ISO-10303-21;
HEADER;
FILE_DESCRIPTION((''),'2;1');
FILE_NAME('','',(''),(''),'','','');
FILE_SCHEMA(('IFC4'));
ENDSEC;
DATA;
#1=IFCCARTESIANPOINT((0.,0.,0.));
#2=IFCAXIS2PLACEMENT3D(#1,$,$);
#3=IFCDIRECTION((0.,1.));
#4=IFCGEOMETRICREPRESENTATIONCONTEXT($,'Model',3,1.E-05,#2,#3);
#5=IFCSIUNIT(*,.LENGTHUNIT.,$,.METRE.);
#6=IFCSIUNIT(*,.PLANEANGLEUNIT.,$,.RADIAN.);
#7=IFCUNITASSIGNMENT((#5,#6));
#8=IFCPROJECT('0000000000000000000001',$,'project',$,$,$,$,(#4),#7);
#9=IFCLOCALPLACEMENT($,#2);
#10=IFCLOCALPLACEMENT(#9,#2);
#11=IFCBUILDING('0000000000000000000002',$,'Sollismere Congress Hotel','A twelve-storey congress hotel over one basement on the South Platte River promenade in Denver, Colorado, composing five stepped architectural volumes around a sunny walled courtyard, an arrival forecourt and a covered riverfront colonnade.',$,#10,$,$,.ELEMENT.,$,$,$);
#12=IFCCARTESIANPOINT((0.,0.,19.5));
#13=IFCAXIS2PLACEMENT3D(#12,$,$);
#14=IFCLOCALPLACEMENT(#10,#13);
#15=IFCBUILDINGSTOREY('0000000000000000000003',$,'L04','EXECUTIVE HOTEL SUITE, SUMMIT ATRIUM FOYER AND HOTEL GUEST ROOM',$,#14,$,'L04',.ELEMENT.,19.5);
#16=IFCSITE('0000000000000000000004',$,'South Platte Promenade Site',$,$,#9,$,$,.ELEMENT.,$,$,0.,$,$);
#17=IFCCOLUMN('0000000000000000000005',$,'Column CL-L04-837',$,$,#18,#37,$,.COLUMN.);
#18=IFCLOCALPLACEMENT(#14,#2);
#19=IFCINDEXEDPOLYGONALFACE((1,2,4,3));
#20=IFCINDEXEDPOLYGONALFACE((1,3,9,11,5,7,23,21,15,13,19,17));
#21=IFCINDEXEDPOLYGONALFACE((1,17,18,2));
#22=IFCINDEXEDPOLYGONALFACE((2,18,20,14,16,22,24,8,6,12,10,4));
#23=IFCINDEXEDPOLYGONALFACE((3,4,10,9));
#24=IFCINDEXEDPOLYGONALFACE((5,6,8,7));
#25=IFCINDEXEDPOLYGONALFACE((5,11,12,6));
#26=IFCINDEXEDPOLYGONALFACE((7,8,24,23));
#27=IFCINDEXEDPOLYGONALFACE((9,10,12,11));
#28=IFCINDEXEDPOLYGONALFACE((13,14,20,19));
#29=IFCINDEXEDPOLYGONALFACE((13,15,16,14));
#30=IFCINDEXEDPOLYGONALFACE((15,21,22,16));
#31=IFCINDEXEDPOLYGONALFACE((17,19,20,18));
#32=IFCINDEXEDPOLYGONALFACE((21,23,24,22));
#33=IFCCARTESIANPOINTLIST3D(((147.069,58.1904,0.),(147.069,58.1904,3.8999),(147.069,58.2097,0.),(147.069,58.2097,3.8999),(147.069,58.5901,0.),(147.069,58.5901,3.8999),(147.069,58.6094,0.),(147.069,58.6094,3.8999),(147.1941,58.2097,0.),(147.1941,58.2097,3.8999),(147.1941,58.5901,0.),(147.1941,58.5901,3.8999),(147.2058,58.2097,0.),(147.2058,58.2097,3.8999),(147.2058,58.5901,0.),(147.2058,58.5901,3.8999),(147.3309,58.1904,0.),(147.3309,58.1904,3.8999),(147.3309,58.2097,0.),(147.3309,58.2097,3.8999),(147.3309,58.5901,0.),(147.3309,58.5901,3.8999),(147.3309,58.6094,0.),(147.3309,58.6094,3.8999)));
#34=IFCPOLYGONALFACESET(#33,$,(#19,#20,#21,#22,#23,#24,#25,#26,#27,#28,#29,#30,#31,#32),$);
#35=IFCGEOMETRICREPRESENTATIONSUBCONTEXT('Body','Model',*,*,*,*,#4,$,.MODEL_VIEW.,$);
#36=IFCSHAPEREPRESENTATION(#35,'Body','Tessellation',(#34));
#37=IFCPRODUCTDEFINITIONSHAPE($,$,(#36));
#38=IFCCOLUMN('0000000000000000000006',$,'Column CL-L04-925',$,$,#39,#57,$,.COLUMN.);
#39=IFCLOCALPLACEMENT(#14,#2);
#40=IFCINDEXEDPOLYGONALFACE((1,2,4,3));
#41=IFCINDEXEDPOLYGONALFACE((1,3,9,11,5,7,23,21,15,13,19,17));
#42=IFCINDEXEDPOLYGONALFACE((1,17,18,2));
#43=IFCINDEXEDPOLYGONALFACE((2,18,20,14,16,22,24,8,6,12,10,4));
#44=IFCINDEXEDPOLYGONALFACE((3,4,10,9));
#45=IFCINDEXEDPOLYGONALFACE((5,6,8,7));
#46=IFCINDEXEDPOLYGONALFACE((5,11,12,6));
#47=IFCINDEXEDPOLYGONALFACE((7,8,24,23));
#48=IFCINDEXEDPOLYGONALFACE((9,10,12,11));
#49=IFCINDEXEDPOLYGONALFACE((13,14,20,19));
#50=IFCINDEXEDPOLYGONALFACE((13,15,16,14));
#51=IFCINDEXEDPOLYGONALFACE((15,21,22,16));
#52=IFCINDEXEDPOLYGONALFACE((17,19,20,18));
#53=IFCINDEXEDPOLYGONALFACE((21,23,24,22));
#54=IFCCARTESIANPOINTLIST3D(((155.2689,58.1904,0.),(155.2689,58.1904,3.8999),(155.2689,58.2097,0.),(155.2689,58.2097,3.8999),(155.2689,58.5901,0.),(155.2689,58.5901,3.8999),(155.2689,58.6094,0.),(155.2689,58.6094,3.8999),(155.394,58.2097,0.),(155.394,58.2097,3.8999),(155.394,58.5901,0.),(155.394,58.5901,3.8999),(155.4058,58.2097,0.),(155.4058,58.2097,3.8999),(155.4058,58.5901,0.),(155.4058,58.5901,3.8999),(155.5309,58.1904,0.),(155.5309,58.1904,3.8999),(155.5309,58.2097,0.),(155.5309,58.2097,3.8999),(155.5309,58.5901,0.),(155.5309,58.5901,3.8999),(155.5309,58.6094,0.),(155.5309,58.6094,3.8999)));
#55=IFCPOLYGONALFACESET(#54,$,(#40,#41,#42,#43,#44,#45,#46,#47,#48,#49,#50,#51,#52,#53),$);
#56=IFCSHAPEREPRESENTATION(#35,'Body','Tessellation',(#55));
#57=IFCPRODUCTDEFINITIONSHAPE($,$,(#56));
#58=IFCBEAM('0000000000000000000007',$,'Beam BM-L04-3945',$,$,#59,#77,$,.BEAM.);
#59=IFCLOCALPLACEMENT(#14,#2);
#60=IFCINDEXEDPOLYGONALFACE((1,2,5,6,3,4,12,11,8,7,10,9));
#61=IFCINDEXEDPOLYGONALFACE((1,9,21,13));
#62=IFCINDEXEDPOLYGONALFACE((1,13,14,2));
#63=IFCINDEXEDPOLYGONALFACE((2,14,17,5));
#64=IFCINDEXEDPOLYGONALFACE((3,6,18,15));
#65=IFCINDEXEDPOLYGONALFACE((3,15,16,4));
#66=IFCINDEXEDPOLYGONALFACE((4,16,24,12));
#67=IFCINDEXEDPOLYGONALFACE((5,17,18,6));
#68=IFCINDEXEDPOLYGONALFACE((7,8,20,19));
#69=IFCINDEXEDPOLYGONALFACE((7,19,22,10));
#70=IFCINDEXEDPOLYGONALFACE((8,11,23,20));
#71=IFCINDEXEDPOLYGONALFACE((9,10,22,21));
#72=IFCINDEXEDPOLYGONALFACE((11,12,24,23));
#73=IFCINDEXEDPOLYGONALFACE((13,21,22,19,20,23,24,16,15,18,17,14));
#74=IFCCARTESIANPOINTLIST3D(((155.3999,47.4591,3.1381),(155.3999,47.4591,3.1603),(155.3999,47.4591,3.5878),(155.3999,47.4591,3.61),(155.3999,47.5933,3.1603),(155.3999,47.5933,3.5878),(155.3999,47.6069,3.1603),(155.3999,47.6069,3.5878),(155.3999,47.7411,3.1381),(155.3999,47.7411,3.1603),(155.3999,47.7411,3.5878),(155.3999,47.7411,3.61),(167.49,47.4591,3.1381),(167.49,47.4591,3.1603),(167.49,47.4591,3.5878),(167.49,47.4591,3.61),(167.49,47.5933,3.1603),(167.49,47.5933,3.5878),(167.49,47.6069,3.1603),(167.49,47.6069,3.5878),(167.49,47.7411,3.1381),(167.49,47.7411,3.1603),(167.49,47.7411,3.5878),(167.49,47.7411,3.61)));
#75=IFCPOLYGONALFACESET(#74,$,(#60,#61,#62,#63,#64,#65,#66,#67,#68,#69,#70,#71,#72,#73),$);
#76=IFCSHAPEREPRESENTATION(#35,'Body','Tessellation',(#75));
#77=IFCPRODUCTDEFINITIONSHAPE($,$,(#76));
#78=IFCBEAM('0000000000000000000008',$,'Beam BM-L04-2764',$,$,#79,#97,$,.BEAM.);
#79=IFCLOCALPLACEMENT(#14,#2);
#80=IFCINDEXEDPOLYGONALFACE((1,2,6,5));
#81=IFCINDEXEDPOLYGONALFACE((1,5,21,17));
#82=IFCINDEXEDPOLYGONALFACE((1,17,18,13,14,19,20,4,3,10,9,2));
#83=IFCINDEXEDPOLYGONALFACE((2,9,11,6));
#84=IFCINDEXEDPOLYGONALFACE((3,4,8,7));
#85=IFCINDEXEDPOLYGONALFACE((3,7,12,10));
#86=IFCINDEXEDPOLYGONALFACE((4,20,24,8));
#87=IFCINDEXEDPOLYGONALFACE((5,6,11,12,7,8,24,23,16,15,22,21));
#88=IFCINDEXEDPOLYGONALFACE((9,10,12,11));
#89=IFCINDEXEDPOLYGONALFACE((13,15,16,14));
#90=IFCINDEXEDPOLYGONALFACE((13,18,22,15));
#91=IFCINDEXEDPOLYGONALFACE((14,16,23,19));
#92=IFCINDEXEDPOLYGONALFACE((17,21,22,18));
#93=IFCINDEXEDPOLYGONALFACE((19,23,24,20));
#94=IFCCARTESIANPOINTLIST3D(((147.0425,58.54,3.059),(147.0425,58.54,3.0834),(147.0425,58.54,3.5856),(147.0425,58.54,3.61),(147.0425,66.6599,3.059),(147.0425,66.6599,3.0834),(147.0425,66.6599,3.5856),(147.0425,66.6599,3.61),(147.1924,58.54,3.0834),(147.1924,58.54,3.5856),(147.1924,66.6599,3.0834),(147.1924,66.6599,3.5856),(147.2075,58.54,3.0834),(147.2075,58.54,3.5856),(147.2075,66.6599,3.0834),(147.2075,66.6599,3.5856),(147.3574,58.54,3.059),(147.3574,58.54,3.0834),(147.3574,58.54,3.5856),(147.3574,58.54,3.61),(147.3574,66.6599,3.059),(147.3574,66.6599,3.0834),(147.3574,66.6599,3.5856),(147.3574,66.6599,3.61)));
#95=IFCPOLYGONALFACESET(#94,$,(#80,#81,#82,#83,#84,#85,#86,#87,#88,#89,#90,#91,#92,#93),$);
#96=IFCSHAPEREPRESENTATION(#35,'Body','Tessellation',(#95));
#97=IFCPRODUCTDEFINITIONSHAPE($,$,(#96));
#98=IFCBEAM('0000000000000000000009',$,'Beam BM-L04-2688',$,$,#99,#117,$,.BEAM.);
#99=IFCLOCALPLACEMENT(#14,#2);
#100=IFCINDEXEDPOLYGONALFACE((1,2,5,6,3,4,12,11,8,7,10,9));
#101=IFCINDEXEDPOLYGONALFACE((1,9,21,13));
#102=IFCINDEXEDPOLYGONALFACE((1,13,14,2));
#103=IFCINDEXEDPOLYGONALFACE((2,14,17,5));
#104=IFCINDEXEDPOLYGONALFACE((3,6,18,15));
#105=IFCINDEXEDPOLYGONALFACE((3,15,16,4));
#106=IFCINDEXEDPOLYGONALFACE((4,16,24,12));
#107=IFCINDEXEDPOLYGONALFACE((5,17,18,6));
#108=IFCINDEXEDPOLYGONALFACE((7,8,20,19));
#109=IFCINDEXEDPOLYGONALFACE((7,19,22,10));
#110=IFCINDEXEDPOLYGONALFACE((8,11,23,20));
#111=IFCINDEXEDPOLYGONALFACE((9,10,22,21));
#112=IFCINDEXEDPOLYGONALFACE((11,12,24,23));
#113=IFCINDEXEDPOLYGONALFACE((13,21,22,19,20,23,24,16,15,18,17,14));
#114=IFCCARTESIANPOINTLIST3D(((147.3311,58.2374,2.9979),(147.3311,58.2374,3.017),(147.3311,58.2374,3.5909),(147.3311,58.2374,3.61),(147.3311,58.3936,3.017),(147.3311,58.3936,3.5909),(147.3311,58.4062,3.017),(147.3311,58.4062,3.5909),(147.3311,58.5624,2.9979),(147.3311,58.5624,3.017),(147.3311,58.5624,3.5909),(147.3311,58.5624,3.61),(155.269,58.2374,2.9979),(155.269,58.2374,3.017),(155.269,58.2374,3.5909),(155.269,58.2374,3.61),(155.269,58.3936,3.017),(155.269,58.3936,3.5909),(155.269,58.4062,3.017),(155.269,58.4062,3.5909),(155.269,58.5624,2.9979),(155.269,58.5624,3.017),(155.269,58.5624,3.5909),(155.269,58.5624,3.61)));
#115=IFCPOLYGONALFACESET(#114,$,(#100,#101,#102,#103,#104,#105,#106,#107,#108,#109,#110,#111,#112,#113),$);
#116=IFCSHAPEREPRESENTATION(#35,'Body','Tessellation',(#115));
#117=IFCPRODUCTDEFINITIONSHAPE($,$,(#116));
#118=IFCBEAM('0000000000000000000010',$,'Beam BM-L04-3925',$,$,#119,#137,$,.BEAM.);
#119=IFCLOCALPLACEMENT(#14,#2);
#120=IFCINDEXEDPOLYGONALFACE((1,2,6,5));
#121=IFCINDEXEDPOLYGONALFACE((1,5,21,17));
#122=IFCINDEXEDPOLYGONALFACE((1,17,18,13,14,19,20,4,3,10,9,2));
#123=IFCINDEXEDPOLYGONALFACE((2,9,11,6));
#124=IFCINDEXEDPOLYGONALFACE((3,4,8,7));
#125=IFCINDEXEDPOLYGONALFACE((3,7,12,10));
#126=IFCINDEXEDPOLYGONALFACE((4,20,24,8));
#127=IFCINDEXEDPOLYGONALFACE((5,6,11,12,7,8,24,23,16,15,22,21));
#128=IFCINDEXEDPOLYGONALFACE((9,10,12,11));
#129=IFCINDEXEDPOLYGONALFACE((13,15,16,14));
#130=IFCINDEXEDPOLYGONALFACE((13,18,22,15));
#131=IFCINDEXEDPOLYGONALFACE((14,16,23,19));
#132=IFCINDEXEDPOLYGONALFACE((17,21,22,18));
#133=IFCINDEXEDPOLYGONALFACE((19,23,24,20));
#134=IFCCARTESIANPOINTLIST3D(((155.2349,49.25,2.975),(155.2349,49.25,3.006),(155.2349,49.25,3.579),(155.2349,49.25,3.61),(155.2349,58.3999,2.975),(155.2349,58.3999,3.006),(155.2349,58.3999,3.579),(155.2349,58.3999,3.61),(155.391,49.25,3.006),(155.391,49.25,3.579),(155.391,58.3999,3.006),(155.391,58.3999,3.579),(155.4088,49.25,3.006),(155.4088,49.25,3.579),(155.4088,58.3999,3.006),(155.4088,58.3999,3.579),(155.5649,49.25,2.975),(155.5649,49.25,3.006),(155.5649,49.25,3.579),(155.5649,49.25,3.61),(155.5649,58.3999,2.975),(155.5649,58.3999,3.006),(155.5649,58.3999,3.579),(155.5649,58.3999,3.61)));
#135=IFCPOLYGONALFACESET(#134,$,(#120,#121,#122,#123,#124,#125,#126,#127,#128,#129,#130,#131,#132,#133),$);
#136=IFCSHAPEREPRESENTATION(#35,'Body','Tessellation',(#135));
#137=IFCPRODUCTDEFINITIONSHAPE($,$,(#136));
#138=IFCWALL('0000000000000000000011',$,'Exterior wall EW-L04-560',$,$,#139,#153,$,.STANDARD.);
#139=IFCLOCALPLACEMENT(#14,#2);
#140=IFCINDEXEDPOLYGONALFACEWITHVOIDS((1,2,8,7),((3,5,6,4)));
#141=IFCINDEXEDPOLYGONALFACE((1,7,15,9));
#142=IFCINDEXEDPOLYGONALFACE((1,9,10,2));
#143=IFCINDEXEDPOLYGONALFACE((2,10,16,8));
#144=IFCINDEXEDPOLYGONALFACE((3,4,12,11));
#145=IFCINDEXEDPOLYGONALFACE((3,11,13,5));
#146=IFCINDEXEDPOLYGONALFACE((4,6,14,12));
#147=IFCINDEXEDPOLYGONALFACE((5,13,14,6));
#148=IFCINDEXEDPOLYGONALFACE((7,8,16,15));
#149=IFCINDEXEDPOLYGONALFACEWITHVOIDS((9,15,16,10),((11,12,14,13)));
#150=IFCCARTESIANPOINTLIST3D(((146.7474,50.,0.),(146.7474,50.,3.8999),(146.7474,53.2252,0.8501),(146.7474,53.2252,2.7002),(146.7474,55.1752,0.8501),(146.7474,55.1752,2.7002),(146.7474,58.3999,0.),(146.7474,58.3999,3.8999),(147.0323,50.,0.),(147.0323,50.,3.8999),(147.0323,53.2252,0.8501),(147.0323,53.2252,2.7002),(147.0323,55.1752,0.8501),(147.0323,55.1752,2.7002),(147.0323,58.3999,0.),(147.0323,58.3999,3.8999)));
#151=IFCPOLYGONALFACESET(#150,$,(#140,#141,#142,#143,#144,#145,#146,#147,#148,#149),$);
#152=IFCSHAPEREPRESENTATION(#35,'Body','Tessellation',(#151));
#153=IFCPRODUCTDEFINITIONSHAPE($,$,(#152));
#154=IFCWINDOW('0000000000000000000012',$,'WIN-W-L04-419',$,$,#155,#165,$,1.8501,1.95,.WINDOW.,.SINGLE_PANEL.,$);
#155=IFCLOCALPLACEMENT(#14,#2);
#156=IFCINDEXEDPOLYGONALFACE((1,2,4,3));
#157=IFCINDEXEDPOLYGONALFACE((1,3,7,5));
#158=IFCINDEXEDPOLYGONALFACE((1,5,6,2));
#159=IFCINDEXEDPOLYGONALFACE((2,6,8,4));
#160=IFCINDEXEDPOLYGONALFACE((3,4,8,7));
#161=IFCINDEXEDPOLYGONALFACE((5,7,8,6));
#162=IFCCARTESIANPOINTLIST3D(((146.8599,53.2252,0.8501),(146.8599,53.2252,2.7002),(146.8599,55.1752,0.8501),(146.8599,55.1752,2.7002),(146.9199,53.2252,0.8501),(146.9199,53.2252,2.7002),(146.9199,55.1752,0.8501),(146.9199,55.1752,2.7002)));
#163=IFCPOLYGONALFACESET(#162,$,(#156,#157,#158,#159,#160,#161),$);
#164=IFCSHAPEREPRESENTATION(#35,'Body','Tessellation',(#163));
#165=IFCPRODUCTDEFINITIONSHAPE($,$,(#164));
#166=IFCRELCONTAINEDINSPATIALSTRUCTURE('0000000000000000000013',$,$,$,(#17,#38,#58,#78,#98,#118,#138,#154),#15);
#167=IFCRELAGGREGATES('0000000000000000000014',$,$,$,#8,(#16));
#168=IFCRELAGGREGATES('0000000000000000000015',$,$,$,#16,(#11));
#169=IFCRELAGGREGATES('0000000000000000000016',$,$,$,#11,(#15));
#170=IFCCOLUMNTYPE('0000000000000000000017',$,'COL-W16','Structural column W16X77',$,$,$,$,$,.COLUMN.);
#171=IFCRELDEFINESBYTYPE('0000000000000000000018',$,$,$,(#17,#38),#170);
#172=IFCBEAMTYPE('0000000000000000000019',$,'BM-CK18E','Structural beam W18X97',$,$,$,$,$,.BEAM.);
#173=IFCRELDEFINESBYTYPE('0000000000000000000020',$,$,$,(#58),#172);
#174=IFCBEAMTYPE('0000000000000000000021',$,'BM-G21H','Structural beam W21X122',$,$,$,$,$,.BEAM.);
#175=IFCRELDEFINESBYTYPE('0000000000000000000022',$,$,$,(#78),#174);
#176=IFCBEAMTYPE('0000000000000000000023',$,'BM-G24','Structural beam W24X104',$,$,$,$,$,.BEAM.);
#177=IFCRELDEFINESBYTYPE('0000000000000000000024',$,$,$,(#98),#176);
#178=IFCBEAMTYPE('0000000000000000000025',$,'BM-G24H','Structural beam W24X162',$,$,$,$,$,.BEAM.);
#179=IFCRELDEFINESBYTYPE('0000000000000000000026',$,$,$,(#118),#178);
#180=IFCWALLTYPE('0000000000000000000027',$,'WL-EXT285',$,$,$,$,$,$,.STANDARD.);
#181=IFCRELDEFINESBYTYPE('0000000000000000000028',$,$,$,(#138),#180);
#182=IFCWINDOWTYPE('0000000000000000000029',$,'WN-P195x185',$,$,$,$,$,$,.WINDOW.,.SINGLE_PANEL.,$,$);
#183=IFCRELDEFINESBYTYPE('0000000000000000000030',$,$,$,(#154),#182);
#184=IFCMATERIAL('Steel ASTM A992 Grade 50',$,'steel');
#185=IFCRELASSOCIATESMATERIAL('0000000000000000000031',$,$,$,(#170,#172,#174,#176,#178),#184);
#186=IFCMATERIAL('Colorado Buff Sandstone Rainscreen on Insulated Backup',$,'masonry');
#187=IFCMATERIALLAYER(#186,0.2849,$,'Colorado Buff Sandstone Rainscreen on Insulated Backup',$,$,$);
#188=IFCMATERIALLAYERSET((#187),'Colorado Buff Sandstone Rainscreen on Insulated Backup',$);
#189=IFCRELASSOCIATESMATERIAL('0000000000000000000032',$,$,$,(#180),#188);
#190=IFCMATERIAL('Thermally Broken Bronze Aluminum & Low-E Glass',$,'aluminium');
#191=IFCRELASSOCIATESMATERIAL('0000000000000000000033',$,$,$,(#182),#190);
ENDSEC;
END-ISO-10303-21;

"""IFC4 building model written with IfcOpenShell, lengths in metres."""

from ifc_helpers import new_model, si_unit, direction, frame, frame_2d, origin, origin_2d, place, context, subcontext, project, spatial, rectangle, i_section, extrude, material, layer, layer_set, material_profile, profile_set, type_object, element, fill, save


model = new_model("IFC4")

# Units and contexts
model_context = context("Model", 3, precision=1e-05, world=origin(), true_north=direction((0.0, 1.0)))
body_context = subcontext(model_context, "Body", "Model", "MODEL_VIEW")
ifc_project = project(units=[si_unit("LENGTHUNIT", "METRE"), si_unit("PLANEANGLEUNIT", "RADIAN")], contexts=[model_context])

# Site, building, storey
site_placement = place(None, origin())
site = spatial("IfcSite", under=ifc_project, at=site_placement, Name="South Platte Promenade Site", CompositionType="ELEMENT", RefElevation=0.0)
building_placement = place(site_placement, origin())
building = spatial("IfcBuilding", under=site, at=building_placement, Name="Sollismere Congress Hotel", Description="A twelve-storey congress hotel over one basement on the South Platte River promenade in Denver, Colorado, composing five stepped architectural volumes around a sunny walled courtyard, an arrival forecourt and a covered riverfront colonnade.", CompositionType="ELEMENT")
storey_placement = place(building_placement, frame((0.0, 0.0, 19.5)))
storey = spatial("IfcBuildingStorey", under=building, at=storey_placement, Name="L04", Description="EXECUTIVE HOTEL SUITE, SUMMIT ATRIUM FOYER AND HOTEL GUEST ROOM", LongName="L04", CompositionType="ELEMENT", Elevation=19.5)

# Columns
ifc_material_1 = material(Name="Steel ASTM A992 Grade 50", Category="steel")
ifc_material_profile_1 = material_profile(ifc_material_1, i_section(OverallWidth=0.262, OverallDepth=0.4189, WebThickness=0.0117, FlangeThickness=0.0193, at=origin_2d()), Name="W16X77")
ifc_profile_set_1 = profile_set([ifc_material_profile_1], Name="Steel ASTM A992 Grade 50")
column_type = type_object("IfcColumnType", Name="COL-W16", Description="Structural column W16X77", PredefinedType="COLUMN", material=ifc_profile_set_1)
for number, where, z_axis, x_axis, name in (
    (1, (147.2, 58.3999, 0.0), (0.0, 0.0, 1.0), (1.0, 0.0, 0.0), "Column CL-L04-837"),
    (2, (155.3999, 58.3999, 0.0), (0.0, 0.0, 1.0), (1.0, 0.0, 0.0), "Column CL-L04-925"),
):
    element("IfcColumn", number, at=place(storey_placement, frame(where, z_axis=z_axis, x_axis=x_axis)), inside=storey, type_object=column_type, Name=name, PredefinedType="COLUMN", context=body_context, shape_type="SweptSolid", body=[
        extrude(i_section(OverallWidth=0.262, OverallDepth=0.4189, WebThickness=0.0117, FlangeThickness=0.0193, at=origin_2d()), origin(), (0.0, 0.0, 1.0), 3.8999),
    ])

# Beams
ifc_material_profile_2 = material_profile(ifc_material_1, i_section(OverallWidth=0.282, OverallDepth=0.4719, WebThickness=0.0137, FlangeThickness=0.0222, at=origin_2d()), Name="W18X97")
ifc_profile_set_2 = profile_set([ifc_material_profile_2], Name="Steel ASTM A992 Grade 50")
beam_type_1 = type_object("IfcBeamType", Name="BM-CK18E", Description="Structural beam W18X97", PredefinedType="BEAM", material=ifc_profile_set_2)
beam_1_placement = place(storey_placement, frame((155.3999, 47.6001, 3.374), z_axis=(1.0, 0.0, 0.0), x_axis=(0.0, 1.0, 0.0)))
element("IfcBeam", 3, at=beam_1_placement, inside=storey, type_object=beam_type_1, Name="Beam BM-L04-3945", PredefinedType="BEAM", context=body_context, shape_type="SweptSolid", body=[
    extrude(i_section(OverallWidth=0.282, OverallDepth=0.4719, WebThickness=0.0137, FlangeThickness=0.0222, at=origin_2d()), origin(), (0.0, 0.0, 1.0), 12.0901),
])
ifc_material_profile_3 = material_profile(ifc_material_1, i_section(OverallWidth=0.3149, OverallDepth=0.551, WebThickness=0.0151, FlangeThickness=0.0244, at=origin_2d()), Name="W21X122")
ifc_profile_set_3 = profile_set([ifc_material_profile_3], Name="Steel ASTM A992 Grade 50")
beam_type_2 = type_object("IfcBeamType", Name="BM-G21H", Description="Structural beam W21X122", PredefinedType="BEAM", material=ifc_profile_set_3)
beam_2_placement = place(storey_placement, frame((147.2, 58.54, 3.3345), z_axis=(0.0, 1.0, 0.0), x_axis=(-1.0, 0.0, 0.0)))
element("IfcBeam", 4, at=beam_2_placement, inside=storey, type_object=beam_type_2, Name="Beam BM-L04-2764", PredefinedType="BEAM", context=body_context, shape_type="SweptSolid", body=[
    extrude(i_section(OverallWidth=0.3149, OverallDepth=0.551, WebThickness=0.0151, FlangeThickness=0.0244, at=origin_2d()), origin(), (0.0, 0.0, 1.0), 8.1199),
])
ifc_material_profile_4 = material_profile(ifc_material_1, i_section(OverallWidth=0.325, OverallDepth=0.6121, WebThickness=0.0127, FlangeThickness=0.019, at=origin_2d()), Name="W24X104")
ifc_profile_set_4 = profile_set([ifc_material_profile_4], Name="Steel ASTM A992 Grade 50")
beam_type_3 = type_object("IfcBeamType", Name="BM-G24", Description="Structural beam W24X104", PredefinedType="BEAM", material=ifc_profile_set_4)
beam_3_placement = place(storey_placement, frame((147.3311, 58.3999, 3.304), z_axis=(1.0, 0.0, 0.0), x_axis=(0.0, 1.0, 0.0)))
element("IfcBeam", 5, at=beam_3_placement, inside=storey, type_object=beam_type_3, Name="Beam BM-L04-2688", PredefinedType="BEAM", context=body_context, shape_type="SweptSolid", body=[
    extrude(i_section(OverallWidth=0.325, OverallDepth=0.6121, WebThickness=0.0127, FlangeThickness=0.019, at=origin_2d()), origin(), (0.0, 0.0, 1.0), 7.938),
])
ifc_material_profile_5 = material_profile(ifc_material_1, i_section(OverallWidth=0.3301, OverallDepth=0.635, WebThickness=0.0178, FlangeThickness=0.031, at=origin_2d()), Name="W24X162")
ifc_profile_set_5 = profile_set([ifc_material_profile_5], Name="Steel ASTM A992 Grade 50")
beam_type_4 = type_object("IfcBeamType", Name="BM-G24H", Description="Structural beam W24X162", PredefinedType="BEAM", material=ifc_profile_set_5)
beam_4_placement = place(storey_placement, frame((155.3999, 49.25, 3.2925), z_axis=(0.0, 1.0, 0.0), x_axis=(-1.0, 0.0, 0.0)))
element("IfcBeam", 6, at=beam_4_placement, inside=storey, type_object=beam_type_4, Name="Beam BM-L04-3925", PredefinedType="BEAM", context=body_context, shape_type="SweptSolid", body=[
    extrude(i_section(OverallWidth=0.3301, OverallDepth=0.635, WebThickness=0.0178, FlangeThickness=0.031, at=origin_2d()), origin(), (0.0, 0.0, 1.0), 9.1499),
])

# Wall, opening, window
ifc_material_2 = material(Name="Colorado Buff Sandstone Rainscreen on Insulated Backup", Category="masonry")
ifc_layer_1 = layer(ifc_material_2, 0.2849, Name="Colorado Buff Sandstone Rainscreen on Insulated Backup")
ifc_layer_set_1 = layer_set([ifc_layer_1], Name="Colorado Buff Sandstone Rainscreen on Insulated Backup")
wall_type_1 = type_object("IfcWallType", Name="WL-EXT285", PredefinedType="STANDARD", material=ifc_layer_set_1)
wall_1_placement = place(storey_placement, frame((146.8899, 50.0, 0.0), z_axis=(0.0, 0.0, 1.0), x_axis=(0.0, 1.0, 0.0)))
wall_1 = element("IfcWall", 7, at=wall_1_placement, inside=storey, type_object=wall_type_1, Name="Exterior wall EW-L04-560", PredefinedType="STANDARD", context=body_context, shape_type="SweptSolid", body=[
    extrude(rectangle(XDim=8.3999, YDim=0.2849, at=frame_2d((4.2, 0.0))), origin(), (0.0, 0.0, 1.0), 3.8999),
])
opening_1_placement = place(wall_1_placement, frame((3.2251, 0.0, 0.8501)))
opening_1 = element("IfcOpeningElement", 8, at=opening_1_placement, cuts=wall_1, PredefinedType="OPENING", context=body_context, shape_type="SweptSolid", body=[
    extrude(rectangle(XDim=1.95, YDim=1.8501, at=frame_2d((0.9751, 0.925))), frame((0.0, 0.1523, 0.0), z_axis=(0.0, -1.0, 0.0), x_axis=(1.0, 0.0, 0.0)), (0.0, 0.0, 1.0), 0.3049),
])
ifc_material_3 = material(Name="Thermally Broken Bronze Aluminum & Low-E Glass", Category="aluminium")
window_type_1 = type_object("IfcWindowType", Name="WN-P195x185", PartitioningType="SINGLE_PANEL", PredefinedType="WINDOW", material=ifc_material_3)
window_1_placement = place(opening_1_placement, origin())
window_1 = element("IfcWindow", 9, at=window_1_placement, inside=storey, type_object=window_type_1, Name="WIN-W-L04-419", OverallHeight=1.8501, OverallWidth=1.95, PartitioningType="SINGLE_PANEL", PredefinedType="WINDOW", context=body_context, shape_type="SweptSolid", body=[
    extrude(rectangle(XDim=1.95, YDim=1.8501, at=frame_2d((0.9751, 0.925))), frame((0.0, 0.03, 0.0), z_axis=(0.0, -1.0, 0.0), x_axis=(1.0, 0.0, 0.0)), (0.0, 0.0, 1.0), 0.0601),
])
fill(opening_1, window_1)

save(model, "model.ifc")
